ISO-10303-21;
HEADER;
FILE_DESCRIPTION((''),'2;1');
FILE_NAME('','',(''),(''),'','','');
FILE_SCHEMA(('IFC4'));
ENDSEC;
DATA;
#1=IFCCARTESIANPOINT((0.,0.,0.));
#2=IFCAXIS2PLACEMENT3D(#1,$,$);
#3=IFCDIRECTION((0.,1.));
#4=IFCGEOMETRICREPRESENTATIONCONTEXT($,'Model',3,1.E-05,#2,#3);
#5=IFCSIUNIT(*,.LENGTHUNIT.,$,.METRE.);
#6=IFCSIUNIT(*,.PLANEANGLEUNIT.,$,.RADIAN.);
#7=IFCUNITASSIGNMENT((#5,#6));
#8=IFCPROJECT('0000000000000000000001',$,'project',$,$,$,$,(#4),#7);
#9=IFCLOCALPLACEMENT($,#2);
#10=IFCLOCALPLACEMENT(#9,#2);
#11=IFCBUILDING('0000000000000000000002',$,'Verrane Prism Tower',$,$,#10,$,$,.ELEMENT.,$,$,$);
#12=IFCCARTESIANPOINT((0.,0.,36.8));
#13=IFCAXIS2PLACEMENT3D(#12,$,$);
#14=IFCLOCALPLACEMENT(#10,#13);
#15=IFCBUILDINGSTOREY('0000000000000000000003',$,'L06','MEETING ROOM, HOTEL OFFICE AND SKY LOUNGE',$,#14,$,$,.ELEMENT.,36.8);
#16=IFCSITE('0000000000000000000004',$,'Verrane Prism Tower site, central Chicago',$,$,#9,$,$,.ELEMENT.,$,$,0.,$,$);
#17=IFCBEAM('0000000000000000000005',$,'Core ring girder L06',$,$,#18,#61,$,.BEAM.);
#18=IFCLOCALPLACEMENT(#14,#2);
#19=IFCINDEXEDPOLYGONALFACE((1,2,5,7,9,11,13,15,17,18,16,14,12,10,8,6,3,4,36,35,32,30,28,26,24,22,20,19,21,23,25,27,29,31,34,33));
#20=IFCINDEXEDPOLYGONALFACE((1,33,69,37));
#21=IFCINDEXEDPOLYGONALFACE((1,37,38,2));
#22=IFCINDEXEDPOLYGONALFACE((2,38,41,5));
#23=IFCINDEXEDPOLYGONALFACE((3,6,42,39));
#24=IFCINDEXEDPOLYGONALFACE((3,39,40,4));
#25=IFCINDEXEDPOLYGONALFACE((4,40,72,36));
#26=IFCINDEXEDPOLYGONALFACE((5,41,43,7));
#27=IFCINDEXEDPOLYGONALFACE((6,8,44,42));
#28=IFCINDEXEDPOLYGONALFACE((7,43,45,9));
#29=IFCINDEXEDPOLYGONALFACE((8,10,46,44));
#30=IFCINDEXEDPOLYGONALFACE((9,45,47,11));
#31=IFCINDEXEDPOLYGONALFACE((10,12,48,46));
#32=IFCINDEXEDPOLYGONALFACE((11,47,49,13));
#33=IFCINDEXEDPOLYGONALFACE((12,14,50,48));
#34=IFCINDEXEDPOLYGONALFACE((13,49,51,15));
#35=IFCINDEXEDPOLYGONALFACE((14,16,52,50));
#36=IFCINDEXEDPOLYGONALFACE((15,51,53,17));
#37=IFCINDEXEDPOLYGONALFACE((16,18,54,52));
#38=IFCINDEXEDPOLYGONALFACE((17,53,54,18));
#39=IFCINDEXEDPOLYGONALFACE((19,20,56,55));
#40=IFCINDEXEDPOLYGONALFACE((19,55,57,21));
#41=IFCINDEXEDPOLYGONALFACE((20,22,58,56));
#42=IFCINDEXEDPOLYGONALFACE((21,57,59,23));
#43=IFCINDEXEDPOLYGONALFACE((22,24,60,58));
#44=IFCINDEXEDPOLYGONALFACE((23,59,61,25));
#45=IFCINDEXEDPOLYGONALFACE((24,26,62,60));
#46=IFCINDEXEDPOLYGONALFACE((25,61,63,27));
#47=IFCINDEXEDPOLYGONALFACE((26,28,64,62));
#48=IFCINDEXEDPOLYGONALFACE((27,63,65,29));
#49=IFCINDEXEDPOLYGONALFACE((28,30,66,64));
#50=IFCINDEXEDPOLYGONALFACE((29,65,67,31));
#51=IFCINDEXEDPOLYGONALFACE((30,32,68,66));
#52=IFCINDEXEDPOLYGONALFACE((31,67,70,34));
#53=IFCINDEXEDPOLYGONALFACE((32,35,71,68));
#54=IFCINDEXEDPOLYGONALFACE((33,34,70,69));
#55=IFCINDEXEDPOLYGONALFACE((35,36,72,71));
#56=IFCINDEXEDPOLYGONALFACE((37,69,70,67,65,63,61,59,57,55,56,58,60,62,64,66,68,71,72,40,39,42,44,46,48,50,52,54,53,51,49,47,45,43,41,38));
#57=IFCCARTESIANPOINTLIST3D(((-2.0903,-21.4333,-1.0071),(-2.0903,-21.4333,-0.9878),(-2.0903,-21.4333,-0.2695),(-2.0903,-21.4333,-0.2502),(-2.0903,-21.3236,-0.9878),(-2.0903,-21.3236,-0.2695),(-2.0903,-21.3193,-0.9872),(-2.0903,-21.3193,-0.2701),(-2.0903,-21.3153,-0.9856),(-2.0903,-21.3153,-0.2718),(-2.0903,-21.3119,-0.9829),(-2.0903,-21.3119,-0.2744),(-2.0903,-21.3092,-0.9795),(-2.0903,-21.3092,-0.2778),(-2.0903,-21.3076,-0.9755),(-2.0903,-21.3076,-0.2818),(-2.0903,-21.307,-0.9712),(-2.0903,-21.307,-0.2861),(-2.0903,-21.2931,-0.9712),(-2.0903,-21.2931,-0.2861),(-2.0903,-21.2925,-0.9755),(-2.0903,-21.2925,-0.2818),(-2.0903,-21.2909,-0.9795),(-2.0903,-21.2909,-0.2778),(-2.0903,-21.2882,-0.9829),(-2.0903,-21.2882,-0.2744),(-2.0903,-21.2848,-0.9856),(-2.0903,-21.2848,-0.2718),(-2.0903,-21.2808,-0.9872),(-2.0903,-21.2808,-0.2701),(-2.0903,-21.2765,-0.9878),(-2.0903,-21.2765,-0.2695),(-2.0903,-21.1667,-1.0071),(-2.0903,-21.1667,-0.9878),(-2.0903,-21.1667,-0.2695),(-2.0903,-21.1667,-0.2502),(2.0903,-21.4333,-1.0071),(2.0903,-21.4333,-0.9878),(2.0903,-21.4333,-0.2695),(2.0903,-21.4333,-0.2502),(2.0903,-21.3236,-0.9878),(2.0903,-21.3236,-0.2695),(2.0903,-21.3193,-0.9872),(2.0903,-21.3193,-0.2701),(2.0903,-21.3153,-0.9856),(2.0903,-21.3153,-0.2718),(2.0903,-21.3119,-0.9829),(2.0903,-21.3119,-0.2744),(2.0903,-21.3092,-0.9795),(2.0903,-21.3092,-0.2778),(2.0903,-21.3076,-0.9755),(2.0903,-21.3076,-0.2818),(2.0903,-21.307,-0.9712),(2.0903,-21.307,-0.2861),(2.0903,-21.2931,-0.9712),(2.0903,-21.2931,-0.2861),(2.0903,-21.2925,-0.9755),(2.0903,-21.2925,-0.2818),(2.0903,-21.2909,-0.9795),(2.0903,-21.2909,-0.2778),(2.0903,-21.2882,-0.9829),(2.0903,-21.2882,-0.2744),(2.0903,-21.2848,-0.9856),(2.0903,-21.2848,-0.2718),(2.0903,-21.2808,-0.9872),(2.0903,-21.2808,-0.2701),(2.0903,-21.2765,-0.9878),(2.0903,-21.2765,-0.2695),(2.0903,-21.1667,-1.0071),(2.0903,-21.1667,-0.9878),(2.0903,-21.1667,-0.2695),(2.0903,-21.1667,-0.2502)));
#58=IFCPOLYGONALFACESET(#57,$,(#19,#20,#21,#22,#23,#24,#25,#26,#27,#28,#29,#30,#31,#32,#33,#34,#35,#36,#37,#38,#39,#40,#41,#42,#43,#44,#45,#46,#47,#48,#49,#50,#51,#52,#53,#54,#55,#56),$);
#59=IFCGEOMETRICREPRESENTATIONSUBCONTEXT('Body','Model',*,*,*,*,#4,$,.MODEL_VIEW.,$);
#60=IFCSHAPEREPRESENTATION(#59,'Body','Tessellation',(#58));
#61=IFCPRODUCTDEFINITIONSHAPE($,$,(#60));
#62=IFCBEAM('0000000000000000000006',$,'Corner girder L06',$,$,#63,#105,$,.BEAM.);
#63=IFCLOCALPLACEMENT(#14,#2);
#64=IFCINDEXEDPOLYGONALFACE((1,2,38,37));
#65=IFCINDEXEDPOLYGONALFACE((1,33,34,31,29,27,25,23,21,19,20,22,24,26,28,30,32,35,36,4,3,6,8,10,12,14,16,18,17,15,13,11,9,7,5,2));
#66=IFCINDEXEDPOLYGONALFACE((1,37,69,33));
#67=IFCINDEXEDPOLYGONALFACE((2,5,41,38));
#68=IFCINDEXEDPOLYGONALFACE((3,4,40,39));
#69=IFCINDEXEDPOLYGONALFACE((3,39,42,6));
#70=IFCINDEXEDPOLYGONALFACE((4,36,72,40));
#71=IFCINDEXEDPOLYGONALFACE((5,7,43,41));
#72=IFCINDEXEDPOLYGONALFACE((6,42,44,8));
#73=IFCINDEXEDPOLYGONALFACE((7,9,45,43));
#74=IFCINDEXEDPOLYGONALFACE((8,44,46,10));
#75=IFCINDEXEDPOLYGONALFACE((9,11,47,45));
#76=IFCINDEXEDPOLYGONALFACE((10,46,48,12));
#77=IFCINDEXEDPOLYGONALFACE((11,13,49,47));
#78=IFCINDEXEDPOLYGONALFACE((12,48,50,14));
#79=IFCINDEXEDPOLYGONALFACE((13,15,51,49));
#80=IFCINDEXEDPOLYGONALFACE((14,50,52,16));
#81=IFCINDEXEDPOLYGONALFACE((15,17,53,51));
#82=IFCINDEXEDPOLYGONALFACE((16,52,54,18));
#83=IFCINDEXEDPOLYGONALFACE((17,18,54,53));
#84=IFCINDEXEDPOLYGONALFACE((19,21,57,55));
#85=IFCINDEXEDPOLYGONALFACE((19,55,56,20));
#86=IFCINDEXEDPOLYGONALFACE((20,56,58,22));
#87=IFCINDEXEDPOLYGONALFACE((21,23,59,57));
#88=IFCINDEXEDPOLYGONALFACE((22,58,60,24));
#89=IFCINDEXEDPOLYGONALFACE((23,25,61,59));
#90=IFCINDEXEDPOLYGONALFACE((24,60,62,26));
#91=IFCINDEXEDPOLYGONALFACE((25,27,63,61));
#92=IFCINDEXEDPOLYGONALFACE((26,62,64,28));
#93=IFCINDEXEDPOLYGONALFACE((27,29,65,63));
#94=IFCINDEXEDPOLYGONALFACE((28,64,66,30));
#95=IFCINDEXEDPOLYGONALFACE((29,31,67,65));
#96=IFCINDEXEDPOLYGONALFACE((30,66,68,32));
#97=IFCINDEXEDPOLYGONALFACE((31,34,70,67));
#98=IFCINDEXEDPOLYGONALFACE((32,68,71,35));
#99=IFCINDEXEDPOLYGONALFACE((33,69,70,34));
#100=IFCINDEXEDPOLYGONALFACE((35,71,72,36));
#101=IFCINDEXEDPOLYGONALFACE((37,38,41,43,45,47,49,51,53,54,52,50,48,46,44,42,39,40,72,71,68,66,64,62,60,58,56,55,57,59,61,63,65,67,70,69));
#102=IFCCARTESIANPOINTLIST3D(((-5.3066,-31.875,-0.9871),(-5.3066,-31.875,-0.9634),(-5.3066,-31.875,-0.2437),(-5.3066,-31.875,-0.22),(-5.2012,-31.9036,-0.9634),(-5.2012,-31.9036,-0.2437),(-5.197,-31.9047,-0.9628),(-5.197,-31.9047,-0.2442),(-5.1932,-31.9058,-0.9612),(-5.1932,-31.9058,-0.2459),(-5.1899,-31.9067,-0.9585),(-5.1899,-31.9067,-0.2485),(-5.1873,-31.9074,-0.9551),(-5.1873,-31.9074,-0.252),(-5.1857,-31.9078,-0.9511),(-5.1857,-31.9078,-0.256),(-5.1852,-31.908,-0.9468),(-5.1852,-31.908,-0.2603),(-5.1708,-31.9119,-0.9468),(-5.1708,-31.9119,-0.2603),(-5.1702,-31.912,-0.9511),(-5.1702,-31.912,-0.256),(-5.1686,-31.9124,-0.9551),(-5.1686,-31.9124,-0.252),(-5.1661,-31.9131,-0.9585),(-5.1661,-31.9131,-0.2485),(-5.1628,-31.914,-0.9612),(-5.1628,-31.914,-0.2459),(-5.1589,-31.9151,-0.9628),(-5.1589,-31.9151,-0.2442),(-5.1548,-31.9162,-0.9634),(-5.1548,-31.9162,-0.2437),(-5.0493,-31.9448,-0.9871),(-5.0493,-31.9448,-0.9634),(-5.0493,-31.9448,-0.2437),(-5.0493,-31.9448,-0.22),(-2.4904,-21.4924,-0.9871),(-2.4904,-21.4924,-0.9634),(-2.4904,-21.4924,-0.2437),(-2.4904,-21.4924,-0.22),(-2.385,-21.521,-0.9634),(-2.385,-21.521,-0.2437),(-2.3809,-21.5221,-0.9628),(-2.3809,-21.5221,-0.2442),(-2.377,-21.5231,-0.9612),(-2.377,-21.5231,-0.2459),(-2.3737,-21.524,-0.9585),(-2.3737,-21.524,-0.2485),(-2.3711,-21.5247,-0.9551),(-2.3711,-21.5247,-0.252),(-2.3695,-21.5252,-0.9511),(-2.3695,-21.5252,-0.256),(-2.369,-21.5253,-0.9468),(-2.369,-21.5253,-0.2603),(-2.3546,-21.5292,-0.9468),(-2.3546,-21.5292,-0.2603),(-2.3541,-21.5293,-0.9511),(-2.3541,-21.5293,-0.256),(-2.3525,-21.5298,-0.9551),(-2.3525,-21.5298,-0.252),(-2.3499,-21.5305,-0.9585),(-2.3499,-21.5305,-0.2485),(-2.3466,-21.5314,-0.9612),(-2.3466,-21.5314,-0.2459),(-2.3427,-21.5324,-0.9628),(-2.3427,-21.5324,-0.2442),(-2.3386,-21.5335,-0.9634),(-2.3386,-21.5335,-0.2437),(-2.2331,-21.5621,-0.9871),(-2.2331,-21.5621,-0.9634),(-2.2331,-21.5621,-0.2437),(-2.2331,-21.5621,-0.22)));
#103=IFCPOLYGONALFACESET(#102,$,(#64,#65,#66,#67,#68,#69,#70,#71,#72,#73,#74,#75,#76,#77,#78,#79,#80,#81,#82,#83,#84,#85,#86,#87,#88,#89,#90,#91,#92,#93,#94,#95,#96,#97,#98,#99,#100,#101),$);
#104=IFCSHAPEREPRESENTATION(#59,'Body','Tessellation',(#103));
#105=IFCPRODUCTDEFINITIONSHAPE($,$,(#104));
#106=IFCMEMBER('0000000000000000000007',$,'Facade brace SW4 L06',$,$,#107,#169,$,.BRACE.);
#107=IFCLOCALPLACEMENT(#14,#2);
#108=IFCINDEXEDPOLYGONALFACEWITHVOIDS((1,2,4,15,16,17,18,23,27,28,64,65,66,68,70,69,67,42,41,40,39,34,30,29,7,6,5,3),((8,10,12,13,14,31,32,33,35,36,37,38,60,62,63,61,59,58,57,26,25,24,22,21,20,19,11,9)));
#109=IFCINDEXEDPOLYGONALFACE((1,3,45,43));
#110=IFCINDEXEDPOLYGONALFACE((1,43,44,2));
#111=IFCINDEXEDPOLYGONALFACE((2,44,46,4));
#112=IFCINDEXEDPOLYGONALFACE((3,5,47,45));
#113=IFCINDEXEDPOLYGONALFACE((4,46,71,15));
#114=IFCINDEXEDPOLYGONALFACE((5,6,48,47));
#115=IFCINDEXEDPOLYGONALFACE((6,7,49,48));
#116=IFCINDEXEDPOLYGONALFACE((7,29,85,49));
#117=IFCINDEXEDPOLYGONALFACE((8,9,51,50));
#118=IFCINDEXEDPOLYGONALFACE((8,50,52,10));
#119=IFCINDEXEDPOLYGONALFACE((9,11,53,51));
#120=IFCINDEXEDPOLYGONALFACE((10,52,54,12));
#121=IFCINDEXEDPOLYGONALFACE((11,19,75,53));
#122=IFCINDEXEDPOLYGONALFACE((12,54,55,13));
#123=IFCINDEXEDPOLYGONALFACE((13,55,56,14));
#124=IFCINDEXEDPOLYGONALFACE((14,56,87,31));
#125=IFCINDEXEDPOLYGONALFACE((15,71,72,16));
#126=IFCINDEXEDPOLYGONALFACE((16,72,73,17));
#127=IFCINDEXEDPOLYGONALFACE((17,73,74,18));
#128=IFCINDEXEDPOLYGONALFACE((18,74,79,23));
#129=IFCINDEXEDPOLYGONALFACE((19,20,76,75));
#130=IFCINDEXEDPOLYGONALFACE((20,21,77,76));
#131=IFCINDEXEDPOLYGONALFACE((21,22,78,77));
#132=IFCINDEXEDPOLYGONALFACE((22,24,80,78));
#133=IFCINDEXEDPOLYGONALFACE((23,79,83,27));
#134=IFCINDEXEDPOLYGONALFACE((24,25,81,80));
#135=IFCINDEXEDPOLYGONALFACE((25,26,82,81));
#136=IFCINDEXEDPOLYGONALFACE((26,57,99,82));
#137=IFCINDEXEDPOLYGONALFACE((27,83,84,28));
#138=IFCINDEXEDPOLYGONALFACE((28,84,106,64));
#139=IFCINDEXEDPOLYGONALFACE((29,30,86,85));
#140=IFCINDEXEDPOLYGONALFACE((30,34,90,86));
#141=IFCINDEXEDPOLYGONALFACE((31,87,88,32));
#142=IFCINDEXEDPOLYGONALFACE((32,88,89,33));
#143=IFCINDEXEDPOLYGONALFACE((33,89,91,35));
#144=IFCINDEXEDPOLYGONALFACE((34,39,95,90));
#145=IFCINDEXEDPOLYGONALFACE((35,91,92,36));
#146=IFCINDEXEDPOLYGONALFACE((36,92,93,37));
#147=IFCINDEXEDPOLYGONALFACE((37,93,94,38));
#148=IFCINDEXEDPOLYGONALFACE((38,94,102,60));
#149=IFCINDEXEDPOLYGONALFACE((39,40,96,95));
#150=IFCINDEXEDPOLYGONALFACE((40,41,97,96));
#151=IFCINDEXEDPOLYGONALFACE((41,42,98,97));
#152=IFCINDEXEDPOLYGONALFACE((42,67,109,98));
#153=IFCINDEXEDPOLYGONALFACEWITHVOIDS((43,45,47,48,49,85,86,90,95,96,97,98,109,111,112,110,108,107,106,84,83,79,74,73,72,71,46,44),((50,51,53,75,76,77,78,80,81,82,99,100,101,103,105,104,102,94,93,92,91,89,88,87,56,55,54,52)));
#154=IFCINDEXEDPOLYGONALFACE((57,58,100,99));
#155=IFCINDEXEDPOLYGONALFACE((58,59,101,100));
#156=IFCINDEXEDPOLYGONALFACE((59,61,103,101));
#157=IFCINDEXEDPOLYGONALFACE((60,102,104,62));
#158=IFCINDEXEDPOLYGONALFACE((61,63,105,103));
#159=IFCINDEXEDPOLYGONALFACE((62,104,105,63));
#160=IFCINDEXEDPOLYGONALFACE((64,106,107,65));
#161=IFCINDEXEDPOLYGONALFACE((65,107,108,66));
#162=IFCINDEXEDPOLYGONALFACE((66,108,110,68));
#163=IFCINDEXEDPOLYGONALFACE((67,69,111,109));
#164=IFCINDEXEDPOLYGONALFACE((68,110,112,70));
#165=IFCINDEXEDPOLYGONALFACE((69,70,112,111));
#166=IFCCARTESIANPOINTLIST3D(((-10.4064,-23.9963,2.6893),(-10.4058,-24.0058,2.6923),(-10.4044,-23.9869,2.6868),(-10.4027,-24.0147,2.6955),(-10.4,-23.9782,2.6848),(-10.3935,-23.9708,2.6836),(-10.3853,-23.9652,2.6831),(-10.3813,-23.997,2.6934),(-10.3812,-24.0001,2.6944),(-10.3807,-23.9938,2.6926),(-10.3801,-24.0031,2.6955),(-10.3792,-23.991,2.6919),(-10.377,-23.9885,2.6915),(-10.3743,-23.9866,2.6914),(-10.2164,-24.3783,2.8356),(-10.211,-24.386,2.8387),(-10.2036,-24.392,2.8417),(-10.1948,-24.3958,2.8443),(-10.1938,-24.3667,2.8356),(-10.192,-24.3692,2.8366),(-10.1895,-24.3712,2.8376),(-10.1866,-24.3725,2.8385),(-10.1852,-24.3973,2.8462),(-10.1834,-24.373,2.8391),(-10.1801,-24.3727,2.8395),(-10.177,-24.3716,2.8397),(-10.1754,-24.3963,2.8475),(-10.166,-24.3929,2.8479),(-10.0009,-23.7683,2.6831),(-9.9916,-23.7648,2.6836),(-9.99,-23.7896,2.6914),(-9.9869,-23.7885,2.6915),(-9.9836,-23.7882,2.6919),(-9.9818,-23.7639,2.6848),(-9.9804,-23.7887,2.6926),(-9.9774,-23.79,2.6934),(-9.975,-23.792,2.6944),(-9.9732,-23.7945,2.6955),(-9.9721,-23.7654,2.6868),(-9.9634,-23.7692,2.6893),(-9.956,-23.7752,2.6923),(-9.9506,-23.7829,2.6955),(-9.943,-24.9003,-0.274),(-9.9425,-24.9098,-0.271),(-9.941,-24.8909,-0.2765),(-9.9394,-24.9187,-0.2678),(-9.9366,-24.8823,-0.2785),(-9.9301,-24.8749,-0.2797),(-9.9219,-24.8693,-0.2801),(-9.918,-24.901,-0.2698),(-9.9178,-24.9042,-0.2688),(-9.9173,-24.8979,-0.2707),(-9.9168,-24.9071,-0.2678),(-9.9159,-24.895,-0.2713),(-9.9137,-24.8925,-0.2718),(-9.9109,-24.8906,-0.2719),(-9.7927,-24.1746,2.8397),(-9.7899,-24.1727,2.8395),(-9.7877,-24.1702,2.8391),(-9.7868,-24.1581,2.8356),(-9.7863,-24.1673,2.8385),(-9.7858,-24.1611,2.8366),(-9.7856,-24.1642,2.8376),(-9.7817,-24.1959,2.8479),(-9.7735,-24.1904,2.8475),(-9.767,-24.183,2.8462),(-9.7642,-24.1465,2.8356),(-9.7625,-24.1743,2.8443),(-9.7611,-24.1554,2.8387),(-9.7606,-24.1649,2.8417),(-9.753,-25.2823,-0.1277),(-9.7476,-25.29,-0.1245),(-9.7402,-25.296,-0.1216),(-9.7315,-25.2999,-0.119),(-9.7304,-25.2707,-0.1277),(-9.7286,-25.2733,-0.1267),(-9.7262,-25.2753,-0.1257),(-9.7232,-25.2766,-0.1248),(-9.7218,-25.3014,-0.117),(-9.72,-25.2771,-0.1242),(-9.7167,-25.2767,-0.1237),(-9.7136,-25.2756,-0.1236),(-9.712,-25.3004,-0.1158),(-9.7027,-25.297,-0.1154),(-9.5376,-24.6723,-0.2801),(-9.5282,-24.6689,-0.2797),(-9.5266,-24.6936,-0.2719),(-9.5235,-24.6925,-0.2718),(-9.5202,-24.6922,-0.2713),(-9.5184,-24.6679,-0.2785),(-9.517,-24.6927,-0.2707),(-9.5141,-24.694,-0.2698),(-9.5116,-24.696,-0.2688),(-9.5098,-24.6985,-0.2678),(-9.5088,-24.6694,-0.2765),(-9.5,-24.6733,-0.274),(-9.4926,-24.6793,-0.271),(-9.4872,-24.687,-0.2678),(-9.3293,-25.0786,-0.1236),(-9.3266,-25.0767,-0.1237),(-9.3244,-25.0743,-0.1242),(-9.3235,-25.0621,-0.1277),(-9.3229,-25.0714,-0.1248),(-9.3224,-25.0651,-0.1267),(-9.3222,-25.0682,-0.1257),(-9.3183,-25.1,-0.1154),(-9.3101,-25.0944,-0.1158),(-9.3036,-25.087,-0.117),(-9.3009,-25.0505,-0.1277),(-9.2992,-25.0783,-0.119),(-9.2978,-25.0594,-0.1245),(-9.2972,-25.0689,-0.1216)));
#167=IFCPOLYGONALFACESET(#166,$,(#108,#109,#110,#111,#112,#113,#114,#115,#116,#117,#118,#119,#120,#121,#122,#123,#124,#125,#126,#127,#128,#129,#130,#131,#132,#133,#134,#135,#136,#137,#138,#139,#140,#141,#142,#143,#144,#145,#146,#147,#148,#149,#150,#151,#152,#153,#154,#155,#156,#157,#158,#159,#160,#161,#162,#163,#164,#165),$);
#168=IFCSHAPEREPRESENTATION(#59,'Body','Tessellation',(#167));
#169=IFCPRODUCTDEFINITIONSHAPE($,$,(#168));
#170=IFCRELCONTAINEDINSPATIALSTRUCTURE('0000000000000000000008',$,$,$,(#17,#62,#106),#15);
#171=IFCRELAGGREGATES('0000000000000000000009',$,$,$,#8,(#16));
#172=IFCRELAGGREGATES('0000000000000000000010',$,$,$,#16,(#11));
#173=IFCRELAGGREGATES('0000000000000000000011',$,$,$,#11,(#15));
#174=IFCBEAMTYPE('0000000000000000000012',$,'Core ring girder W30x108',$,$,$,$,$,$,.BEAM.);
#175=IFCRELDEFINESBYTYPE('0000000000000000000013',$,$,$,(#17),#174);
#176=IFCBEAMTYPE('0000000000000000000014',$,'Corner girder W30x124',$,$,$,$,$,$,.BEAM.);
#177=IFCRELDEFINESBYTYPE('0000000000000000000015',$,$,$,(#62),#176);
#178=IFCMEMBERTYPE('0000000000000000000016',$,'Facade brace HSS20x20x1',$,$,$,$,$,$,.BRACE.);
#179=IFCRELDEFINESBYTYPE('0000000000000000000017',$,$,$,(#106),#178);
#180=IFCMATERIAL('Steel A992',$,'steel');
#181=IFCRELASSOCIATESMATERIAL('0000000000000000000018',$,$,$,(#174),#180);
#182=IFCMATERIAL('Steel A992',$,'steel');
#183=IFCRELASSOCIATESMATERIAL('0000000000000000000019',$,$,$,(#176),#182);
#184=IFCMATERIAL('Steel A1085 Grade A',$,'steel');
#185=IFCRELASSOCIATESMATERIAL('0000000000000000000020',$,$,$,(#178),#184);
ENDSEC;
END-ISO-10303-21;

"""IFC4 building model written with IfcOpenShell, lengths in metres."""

from ifc_helpers import new_model, si_unit, direction, frame, origin, origin_2d, place, context, subcontext, project, spatial, hollow_rectangle, i_section, extrude, material, material_profile, profile_set, type_object, element, save


model = new_model("IFC4")

# Units and contexts
model_context = context("Model", 3, precision=1e-05, world=origin(), true_north=direction((0.0, 1.0)))
body_context = subcontext(model_context, "Body", "Model", "MODEL_VIEW")
ifc_project = project(units=[si_unit("LENGTHUNIT", "METRE"), si_unit("PLANEANGLEUNIT", "RADIAN")], contexts=[model_context])

# Site, building, storey
site_placement = place(None, origin())
site = spatial("IfcSite", under=ifc_project, at=site_placement, Name="Verrane Prism Tower site, central Chicago", CompositionType="ELEMENT", RefElevation=0.0)
building_placement = place(site_placement, origin())
building = spatial("IfcBuilding", under=site, at=building_placement, Name="Verrane Prism Tower", CompositionType="ELEMENT")
storey_placement = place(building_placement, frame((0.0, 0.0, 36.8)))
storey = spatial("IfcBuildingStorey", under=building, at=storey_placement, Name="L06", Description="MEETING ROOM, HOTEL OFFICE AND SKY LOUNGE", CompositionType="ELEMENT", Elevation=36.8)

# Beams
ifc_material_1 = material(Name="Steel A992", Category="steel")
ifc_material_profile_1 = material_profile(ifc_material_1, i_section(OverallWidth=0.2666, OverallDepth=0.7568, WebThickness=0.0139, FlangeThickness=0.0193, FilletRadius=0.0166, at=origin_2d()), Name="W30x108")
ifc_profile_set_1 = profile_set([ifc_material_profile_1], Name="Steel A992")
beam_type_1 = type_object("IfcBeamType", Name="Core ring girder W30x108", PredefinedType="BEAM", material=ifc_profile_set_1)
beam_1_placement = place(storey_placement, frame((-2.0903, -21.3, -0.6287), z_axis=(1.0, 0.0, 0.0), x_axis=(0.0, 1.0, 0.0)))
element("IfcBeam", 1, at=beam_1_placement, inside=storey, type_object=beam_type_1, Name="Core ring girder L06", PredefinedType="BEAM", context=body_context, shape_type="SweptSolid", body=[
    extrude(i_section(OverallWidth=0.2666, OverallDepth=0.7568, WebThickness=0.0139, FlangeThickness=0.0193, FilletRadius=0.0166, at=origin_2d()), origin(), (0.0, 0.0, 1.0), 4.1807),
])
ifc_material_2 = material(Name="Steel A992", Category="steel")
ifc_material_profile_2 = material_profile(ifc_material_2, i_section(OverallWidth=0.2666, OverallDepth=0.7671, WebThickness=0.0149, FlangeThickness=0.0237, FilletRadius=0.0166, at=origin_2d()), Name="W30x124")
ifc_profile_set_2 = profile_set([ifc_material_profile_2], Name="Steel A992")
beam_type_2 = type_object("IfcBeamType", Name="Corner girder W30x124", PredefinedType="BEAM", material=ifc_profile_set_2)
beam_2_placement = place(storey_placement, frame((-5.178, -31.9099, -0.6035), z_axis=(0.261781, 0.965127, 0.0), x_axis=(-0.965127, 0.261781, 0.0)))
element("IfcBeam", 2, at=beam_2_placement, inside=storey, type_object=beam_type_2, Name="Corner girder L06", PredefinedType="BEAM", context=body_context, shape_type="SweptSolid", body=[
    extrude(i_section(OverallWidth=0.2666, OverallDepth=0.7671, WebThickness=0.0149, FlangeThickness=0.0237, FilletRadius=0.0166, at=origin_2d()), origin(), (0.0, 0.0, 1.0), 10.7578),
])

# Member
ifc_material_3 = material(Name="Steel A1085 Grade A", Category="steel")
ifc_material_profile_3 = material_profile(ifc_material_3, hollow_rectangle(XDim=0.5081, YDim=0.5081, WallThickness=0.0254, InnerFilletRadius=0.0127, OuterFilletRadius=0.0381, at=origin_2d()), Name="HSS20x20x1")
ifc_profile_set_3 = profile_set([ifc_material_profile_3], Name="Steel A1085 Grade A")
member_type_1 = type_object("IfcMemberType", Name="Facade brace HSS20x20x1", PredefinedType="BRACE", material=ifc_profile_set_3)
member_1_placement = place(storey_placement, frame((-9.6201, -24.9846, -0.1978), z_axis=(-0.147918, 0.288588, 0.945958), x_axis=(-0.889913, -0.456131, 0.0)))
element("IfcMember", 3, at=member_1_placement, inside=storey, type_object=member_type_1, Name="Facade brace SW4 L06", PredefinedType="BRACE", context=body_context, shape_type="SweptSolid", body=[
    extrude(hollow_rectangle(XDim=0.5081, YDim=0.5081, WallThickness=0.0254, InnerFilletRadius=0.0127, OuterFilletRadius=0.0381, at=origin_2d()), origin(), (0.0, 0.0, 1.0), 3.1326),
])

save(model, "model.ifc")
